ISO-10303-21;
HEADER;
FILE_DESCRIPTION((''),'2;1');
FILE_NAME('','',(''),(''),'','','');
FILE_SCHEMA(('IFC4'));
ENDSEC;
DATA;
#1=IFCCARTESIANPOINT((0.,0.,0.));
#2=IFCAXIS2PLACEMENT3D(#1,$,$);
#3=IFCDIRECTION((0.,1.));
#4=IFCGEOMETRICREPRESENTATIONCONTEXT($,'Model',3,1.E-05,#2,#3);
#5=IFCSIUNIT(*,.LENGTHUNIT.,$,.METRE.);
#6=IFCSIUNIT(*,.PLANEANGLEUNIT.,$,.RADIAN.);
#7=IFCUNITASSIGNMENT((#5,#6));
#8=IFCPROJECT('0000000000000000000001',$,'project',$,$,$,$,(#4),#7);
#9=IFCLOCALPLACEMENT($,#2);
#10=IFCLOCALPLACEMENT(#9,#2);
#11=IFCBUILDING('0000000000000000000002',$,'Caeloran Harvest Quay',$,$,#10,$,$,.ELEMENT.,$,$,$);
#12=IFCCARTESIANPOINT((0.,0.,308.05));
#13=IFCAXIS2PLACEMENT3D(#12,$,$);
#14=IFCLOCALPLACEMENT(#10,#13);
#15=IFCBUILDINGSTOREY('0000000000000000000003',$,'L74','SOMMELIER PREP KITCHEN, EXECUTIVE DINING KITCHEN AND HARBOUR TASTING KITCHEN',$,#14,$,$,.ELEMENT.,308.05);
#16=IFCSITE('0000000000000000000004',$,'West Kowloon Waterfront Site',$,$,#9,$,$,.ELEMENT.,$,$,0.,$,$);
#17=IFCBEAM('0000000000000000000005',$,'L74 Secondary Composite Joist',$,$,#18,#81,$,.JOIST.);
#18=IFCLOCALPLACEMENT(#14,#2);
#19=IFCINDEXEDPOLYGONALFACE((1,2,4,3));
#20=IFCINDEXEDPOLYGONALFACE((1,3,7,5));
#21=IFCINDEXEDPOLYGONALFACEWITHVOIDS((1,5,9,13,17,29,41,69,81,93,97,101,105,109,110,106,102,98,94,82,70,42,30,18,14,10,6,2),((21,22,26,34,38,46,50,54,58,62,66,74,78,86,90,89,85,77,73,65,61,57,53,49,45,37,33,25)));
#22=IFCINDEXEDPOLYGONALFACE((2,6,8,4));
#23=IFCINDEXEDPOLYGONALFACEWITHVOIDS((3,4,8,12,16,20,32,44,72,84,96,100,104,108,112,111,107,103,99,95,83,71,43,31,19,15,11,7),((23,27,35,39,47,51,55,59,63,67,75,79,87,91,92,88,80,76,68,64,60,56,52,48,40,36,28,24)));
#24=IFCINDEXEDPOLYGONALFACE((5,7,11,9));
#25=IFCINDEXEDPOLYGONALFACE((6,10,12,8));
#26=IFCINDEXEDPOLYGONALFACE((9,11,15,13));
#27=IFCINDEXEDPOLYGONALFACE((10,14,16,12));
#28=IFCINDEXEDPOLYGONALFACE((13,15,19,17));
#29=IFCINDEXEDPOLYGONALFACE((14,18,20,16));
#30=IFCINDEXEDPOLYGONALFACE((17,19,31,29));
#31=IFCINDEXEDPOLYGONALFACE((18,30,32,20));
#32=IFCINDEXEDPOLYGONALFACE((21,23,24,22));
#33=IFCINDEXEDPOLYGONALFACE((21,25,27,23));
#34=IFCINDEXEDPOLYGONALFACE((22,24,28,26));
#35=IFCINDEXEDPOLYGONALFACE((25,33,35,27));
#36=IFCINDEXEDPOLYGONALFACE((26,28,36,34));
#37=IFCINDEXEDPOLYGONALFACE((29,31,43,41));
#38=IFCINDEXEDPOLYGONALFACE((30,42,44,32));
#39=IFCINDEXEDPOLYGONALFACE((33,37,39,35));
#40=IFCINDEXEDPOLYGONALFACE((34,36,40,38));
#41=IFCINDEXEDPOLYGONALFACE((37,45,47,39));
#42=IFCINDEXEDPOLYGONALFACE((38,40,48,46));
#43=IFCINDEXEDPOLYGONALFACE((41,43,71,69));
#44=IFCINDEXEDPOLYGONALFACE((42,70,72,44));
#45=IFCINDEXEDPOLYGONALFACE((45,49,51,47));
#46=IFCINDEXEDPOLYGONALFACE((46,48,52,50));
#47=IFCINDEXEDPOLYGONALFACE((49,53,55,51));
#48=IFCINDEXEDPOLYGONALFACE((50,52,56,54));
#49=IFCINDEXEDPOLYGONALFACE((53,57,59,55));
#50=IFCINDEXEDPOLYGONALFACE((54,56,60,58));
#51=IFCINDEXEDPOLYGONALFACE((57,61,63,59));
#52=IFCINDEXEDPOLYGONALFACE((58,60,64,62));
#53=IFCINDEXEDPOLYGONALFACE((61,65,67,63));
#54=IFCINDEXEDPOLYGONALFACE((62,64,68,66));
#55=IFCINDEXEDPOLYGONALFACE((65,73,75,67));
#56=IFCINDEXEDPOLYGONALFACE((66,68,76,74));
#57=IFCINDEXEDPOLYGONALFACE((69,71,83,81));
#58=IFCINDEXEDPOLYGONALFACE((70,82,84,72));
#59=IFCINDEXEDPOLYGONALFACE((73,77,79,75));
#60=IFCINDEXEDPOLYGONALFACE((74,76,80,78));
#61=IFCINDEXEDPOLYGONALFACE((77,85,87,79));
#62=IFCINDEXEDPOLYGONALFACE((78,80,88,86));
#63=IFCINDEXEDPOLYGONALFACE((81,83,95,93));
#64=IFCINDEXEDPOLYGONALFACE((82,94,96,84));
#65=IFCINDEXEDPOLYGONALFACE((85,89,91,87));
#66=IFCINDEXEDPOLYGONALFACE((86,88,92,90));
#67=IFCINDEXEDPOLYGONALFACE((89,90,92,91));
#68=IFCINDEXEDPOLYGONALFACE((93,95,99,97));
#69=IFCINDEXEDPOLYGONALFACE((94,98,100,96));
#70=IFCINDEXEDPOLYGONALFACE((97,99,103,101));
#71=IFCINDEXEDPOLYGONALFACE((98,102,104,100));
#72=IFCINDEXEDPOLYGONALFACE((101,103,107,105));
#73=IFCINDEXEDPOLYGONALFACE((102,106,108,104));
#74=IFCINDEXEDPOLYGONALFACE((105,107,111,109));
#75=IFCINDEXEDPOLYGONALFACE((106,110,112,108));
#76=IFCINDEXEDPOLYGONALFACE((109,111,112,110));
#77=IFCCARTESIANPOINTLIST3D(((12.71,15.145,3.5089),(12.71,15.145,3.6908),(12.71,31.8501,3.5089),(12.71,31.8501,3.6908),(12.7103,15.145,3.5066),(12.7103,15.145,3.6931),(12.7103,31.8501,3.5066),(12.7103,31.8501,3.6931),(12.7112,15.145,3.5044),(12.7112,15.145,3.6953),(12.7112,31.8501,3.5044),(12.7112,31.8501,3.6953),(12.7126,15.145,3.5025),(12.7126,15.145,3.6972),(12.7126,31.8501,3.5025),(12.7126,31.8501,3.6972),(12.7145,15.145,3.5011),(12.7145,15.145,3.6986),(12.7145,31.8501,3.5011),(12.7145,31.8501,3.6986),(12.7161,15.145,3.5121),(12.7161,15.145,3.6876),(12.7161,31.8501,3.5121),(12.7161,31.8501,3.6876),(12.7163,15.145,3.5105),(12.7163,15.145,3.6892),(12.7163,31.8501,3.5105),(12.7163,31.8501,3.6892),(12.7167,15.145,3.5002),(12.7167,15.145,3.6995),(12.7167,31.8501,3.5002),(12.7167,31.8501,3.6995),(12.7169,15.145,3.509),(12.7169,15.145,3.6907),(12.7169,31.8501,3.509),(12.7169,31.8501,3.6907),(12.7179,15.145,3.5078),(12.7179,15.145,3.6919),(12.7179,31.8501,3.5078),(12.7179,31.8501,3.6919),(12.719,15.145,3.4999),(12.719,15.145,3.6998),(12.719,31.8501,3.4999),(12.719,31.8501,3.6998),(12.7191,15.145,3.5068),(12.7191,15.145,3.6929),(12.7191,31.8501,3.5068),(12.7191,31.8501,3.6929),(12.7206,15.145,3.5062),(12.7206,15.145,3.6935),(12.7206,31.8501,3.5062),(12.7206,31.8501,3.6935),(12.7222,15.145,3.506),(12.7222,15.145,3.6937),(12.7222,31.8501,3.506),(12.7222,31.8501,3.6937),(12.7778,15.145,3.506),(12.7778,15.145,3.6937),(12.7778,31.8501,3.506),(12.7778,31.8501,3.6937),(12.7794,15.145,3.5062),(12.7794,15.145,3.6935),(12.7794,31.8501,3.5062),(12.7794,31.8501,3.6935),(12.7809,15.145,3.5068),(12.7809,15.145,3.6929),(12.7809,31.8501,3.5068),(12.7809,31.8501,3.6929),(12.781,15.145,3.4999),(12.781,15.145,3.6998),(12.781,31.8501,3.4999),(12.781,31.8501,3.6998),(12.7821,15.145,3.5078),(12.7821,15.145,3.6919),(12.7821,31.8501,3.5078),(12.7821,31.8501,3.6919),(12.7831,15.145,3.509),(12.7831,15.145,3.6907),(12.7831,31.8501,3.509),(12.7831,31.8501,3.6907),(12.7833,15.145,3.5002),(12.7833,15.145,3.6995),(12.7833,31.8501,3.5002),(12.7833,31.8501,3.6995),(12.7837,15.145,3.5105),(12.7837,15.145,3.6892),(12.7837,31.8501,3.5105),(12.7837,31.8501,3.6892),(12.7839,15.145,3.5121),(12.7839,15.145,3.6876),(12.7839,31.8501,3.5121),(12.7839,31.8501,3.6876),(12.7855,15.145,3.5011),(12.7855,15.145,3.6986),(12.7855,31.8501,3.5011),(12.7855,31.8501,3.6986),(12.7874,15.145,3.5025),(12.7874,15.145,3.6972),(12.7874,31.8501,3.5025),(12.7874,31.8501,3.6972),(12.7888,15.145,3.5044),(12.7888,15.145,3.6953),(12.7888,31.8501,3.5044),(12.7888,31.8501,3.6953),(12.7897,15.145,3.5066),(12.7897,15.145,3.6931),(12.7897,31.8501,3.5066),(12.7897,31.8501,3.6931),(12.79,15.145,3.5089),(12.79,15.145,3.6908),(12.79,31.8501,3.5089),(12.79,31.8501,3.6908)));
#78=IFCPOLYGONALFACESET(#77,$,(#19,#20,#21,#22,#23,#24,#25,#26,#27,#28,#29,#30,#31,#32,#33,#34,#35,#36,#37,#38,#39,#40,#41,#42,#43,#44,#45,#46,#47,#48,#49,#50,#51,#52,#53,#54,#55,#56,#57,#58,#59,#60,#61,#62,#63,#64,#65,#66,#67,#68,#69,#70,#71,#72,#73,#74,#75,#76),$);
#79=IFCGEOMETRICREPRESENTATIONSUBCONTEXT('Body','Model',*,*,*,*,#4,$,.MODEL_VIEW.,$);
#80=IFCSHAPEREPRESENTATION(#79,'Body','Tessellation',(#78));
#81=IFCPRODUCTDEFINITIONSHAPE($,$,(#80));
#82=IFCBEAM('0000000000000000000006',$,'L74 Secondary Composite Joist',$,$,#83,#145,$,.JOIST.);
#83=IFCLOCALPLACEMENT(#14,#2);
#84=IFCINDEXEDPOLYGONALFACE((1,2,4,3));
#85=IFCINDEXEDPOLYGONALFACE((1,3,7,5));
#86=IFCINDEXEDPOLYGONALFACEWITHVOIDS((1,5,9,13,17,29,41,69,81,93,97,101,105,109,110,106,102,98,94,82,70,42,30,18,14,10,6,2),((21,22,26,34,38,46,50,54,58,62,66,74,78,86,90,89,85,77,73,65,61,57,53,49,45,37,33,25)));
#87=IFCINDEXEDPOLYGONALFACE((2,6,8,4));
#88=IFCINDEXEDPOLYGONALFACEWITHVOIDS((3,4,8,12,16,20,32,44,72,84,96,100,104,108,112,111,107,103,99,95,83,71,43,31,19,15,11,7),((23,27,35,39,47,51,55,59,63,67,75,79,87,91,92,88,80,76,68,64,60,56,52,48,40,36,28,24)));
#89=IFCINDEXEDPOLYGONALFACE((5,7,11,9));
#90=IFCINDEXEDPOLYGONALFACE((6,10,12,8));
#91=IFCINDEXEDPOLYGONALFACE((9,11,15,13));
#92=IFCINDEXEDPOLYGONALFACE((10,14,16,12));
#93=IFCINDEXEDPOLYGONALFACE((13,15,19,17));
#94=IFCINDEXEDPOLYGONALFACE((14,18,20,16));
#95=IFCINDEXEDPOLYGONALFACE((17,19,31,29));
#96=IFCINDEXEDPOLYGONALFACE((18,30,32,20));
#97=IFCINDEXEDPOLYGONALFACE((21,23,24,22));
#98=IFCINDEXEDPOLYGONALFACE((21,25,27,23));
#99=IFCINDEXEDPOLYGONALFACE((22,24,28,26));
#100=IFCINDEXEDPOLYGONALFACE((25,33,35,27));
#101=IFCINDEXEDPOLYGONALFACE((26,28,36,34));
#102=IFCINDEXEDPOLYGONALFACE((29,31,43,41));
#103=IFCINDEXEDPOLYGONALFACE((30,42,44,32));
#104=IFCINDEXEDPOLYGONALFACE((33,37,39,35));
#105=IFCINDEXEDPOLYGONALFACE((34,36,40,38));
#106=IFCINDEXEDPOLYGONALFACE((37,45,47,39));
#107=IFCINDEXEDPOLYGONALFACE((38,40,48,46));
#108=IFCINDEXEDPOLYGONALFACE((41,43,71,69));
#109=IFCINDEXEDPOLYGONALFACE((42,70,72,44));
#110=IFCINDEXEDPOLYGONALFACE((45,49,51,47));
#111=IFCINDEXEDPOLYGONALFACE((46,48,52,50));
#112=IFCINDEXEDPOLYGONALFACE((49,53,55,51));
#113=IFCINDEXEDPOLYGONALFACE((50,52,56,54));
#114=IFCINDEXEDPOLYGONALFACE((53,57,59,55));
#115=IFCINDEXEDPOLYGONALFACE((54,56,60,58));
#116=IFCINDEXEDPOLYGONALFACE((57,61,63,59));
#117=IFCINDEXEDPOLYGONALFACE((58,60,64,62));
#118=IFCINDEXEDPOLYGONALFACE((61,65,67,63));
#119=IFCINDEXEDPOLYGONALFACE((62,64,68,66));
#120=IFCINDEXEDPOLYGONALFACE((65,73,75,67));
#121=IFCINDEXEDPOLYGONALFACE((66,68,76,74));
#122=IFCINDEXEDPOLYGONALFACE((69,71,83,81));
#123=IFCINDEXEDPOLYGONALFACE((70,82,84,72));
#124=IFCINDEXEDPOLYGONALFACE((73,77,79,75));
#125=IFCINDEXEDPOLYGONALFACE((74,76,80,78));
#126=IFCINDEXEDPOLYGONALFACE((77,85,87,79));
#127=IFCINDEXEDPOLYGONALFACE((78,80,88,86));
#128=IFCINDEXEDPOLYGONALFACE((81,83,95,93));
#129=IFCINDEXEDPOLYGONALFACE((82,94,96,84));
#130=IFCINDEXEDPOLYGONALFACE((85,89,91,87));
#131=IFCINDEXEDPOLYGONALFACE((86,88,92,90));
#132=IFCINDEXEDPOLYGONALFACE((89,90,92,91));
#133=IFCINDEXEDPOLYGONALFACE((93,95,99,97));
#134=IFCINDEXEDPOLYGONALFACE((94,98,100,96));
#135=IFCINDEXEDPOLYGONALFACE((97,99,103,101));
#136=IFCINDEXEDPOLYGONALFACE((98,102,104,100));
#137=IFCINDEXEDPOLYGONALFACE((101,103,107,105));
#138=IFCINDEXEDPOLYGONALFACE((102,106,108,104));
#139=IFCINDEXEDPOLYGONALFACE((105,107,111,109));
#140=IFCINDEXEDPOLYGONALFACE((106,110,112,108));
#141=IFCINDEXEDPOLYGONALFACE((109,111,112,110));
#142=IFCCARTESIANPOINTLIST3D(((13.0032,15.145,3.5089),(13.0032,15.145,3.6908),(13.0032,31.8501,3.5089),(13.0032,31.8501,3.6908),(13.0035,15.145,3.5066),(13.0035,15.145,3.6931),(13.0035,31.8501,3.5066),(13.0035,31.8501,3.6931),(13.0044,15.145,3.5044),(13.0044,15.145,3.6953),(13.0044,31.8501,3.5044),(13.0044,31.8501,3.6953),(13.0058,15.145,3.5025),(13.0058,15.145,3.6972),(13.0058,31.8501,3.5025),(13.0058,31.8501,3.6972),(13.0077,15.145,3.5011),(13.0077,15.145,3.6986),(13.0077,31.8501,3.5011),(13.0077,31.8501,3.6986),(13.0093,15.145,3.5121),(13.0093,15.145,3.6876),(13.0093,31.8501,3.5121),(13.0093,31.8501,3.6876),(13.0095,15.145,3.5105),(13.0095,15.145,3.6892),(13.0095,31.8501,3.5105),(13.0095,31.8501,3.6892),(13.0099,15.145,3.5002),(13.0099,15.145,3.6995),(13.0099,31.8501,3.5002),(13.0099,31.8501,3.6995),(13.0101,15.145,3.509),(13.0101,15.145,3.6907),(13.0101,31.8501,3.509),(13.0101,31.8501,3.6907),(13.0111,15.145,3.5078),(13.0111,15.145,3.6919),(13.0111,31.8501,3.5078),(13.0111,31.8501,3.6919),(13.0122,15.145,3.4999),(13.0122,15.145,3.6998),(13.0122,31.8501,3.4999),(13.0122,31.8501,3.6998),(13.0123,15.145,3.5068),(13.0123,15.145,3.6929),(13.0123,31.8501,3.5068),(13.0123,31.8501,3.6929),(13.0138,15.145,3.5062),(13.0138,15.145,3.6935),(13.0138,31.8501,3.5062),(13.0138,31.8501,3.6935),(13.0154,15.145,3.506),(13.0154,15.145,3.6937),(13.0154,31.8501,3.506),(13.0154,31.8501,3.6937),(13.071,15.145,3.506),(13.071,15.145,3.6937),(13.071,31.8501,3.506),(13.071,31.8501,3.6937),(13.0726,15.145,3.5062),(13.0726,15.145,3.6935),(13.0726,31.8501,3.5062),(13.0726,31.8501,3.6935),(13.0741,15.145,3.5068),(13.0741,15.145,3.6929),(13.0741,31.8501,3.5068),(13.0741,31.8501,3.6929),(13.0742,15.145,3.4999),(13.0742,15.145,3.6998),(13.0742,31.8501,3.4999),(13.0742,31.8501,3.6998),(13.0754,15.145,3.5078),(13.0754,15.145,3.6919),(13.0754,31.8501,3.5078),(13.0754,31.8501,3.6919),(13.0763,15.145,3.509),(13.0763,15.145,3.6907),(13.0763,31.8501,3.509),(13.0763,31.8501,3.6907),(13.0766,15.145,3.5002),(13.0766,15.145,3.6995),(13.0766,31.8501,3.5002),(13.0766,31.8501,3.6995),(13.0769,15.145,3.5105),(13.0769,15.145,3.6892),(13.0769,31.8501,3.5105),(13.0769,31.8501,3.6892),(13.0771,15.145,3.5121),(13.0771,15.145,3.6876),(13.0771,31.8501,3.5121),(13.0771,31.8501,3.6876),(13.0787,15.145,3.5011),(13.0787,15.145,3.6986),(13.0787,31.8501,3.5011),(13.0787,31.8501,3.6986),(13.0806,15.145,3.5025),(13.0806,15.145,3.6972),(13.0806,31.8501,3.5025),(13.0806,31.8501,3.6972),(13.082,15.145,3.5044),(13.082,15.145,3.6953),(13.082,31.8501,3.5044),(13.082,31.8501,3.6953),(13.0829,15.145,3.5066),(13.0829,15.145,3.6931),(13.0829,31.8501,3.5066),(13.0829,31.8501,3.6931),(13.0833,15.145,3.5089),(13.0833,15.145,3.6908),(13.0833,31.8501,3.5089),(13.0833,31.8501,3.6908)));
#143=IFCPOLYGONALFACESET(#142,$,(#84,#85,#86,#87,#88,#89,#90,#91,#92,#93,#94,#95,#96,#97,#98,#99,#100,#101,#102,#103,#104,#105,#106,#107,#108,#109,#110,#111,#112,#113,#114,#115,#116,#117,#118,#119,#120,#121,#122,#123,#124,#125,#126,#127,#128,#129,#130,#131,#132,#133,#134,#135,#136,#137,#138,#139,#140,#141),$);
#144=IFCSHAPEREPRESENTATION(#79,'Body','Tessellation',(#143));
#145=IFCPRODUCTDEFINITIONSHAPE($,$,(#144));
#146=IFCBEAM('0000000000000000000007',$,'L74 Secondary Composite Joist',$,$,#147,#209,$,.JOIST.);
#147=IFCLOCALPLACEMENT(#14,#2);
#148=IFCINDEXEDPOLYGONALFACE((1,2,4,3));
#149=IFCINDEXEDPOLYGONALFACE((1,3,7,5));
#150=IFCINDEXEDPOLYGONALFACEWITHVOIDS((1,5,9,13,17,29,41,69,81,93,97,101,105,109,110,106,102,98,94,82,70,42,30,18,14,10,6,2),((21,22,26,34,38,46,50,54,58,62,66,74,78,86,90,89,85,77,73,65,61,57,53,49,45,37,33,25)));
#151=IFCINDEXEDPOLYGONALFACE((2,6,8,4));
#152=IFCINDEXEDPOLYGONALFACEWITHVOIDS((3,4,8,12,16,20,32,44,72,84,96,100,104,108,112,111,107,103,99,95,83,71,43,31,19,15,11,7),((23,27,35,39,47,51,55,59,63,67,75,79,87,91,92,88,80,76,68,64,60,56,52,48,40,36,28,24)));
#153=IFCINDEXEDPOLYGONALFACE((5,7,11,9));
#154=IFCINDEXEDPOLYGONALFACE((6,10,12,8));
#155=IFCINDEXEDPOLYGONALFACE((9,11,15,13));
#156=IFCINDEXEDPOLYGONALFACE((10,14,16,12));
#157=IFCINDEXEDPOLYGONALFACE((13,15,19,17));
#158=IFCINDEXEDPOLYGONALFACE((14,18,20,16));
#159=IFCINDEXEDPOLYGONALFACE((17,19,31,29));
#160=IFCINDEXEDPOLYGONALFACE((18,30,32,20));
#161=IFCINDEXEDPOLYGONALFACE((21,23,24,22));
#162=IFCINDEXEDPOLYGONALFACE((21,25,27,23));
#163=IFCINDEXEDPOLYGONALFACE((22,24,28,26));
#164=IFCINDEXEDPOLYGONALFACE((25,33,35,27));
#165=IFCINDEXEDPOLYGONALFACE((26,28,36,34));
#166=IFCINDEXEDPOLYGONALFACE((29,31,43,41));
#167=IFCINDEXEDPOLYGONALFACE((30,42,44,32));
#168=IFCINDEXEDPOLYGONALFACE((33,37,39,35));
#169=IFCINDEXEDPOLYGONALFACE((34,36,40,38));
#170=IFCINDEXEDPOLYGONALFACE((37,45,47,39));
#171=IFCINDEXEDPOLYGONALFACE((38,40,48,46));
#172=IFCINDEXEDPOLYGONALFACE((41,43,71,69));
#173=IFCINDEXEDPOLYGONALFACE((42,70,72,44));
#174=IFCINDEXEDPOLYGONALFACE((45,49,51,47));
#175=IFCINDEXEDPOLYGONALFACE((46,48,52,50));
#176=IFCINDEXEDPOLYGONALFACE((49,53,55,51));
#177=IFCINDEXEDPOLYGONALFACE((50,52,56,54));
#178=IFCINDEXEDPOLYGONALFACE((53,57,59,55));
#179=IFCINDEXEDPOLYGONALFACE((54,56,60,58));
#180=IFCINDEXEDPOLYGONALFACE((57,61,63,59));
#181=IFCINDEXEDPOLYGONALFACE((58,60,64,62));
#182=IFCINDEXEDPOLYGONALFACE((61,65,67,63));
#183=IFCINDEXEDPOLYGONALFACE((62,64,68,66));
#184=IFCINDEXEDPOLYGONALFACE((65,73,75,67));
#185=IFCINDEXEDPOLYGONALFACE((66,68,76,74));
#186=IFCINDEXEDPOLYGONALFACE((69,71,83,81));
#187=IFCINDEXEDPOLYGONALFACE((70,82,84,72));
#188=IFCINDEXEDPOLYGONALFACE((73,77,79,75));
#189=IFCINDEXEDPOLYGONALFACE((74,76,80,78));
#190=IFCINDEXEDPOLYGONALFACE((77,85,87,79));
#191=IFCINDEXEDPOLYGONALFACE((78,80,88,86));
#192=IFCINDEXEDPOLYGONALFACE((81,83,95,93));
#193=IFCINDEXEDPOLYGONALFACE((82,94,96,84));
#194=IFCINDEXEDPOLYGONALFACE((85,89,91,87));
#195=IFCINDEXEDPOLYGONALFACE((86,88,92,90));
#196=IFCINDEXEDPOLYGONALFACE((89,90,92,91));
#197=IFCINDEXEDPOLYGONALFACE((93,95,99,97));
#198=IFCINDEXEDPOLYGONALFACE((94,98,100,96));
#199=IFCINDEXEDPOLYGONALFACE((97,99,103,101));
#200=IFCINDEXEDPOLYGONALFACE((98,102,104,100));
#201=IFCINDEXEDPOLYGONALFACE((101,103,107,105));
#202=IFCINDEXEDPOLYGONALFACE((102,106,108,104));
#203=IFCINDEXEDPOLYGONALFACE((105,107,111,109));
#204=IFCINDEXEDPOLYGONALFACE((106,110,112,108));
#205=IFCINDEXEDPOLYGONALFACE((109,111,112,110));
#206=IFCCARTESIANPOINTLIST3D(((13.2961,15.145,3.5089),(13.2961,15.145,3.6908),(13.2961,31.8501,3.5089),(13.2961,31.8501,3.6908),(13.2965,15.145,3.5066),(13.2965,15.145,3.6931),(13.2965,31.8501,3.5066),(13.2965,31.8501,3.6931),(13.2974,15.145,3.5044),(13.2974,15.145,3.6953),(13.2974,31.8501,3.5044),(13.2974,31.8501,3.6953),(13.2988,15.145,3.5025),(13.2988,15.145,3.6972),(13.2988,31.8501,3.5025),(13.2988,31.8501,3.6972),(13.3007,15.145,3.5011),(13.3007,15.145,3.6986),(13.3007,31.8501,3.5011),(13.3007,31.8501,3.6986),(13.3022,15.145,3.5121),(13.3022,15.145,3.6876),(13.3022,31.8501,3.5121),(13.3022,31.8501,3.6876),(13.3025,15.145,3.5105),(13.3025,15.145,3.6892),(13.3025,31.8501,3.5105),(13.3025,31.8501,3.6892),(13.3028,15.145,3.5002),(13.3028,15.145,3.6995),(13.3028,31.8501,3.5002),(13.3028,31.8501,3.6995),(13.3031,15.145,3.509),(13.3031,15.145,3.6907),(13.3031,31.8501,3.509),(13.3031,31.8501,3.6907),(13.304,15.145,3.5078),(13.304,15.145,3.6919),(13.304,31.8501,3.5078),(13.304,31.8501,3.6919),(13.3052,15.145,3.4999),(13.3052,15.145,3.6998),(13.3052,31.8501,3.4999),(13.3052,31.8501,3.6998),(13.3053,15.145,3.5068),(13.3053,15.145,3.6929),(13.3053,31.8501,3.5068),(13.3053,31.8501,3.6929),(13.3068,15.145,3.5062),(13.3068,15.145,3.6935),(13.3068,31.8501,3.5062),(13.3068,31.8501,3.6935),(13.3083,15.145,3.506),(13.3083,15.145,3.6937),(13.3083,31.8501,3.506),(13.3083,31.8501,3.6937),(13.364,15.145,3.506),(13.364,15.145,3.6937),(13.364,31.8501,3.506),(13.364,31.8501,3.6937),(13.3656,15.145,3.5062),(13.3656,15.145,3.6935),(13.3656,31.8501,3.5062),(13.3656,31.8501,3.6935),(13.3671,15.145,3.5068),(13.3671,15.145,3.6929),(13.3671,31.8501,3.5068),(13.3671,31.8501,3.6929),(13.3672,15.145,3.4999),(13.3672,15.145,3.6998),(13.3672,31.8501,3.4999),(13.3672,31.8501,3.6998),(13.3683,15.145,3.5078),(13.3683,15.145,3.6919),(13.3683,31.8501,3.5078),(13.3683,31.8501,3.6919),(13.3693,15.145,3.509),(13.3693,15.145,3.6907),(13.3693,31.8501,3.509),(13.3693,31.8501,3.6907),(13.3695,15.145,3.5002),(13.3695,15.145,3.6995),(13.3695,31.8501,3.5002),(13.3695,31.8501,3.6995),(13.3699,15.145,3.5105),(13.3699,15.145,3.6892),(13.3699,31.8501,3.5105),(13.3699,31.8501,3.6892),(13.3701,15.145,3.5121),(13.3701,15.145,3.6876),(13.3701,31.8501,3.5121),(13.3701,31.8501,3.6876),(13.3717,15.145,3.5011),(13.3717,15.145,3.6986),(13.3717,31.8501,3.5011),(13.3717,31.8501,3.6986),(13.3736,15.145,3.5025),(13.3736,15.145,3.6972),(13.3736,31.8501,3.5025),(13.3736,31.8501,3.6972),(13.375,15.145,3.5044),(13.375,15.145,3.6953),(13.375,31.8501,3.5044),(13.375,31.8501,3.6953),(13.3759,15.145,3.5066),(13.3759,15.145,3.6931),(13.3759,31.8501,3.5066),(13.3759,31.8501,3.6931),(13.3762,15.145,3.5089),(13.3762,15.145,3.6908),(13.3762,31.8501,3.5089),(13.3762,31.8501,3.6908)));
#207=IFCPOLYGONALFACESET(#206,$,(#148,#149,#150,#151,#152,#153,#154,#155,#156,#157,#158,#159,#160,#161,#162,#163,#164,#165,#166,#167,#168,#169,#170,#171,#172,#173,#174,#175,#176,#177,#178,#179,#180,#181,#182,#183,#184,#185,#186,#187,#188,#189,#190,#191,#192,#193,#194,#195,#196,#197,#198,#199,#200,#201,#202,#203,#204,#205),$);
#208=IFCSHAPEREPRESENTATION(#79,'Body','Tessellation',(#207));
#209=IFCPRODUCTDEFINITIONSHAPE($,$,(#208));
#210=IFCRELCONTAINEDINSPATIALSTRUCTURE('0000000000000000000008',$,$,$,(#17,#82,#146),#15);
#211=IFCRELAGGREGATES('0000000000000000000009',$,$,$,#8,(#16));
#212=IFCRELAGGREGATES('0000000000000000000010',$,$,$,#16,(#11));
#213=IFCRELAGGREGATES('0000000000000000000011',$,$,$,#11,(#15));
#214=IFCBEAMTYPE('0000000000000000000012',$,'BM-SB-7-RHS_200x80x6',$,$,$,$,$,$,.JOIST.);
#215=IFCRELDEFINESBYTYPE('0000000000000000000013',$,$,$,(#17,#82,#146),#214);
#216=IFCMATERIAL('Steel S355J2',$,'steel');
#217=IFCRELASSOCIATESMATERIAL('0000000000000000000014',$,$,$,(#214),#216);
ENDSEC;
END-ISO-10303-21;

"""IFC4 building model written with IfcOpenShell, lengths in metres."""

from ifc_helpers import new_model, si_unit, direction, frame, origin, origin_2d, place, context, subcontext, project, spatial, hollow_rectangle, extrude, material, material_profile, profile_set, type_object, element, save


model = new_model("IFC4")

# Units and contexts
model_context = context("Model", 3, precision=1e-05, world=origin(), true_north=direction((0.0, 1.0)))
body_context = subcontext(model_context, "Body", "Model", "MODEL_VIEW")
ifc_project = project(units=[si_unit("LENGTHUNIT", "METRE"), si_unit("PLANEANGLEUNIT", "RADIAN")], contexts=[model_context])

# Site, building, storey
site_placement = place(None, origin())
site = spatial("IfcSite", under=ifc_project, at=site_placement, Name="West Kowloon Waterfront Site", CompositionType="ELEMENT", RefElevation=0.0)
building_placement = place(site_placement, origin())
building = spatial("IfcBuilding", under=site, at=building_placement, Name="Caeloran Harvest Quay", CompositionType="ELEMENT")
storey_placement = place(building_placement, frame((0.0, 0.0, 308.05)))
storey = spatial("IfcBuildingStorey", under=building, at=storey_placement, Name="L74", Description="SOMMELIER PREP KITCHEN, EXECUTIVE DINING KITCHEN AND HARBOUR TASTING KITCHEN", CompositionType="ELEMENT", Elevation=308.05)

# Beams
ifc_material_1 = material(Name="Steel S355J2", Category="steel")
ifc_material_profile_1 = material_profile(ifc_material_1, hollow_rectangle(XDim=0.0801, YDim=0.2, WallThickness=0.0061, InnerFilletRadius=0.0061, OuterFilletRadius=0.009, at=origin_2d()), Name="RHS 200x80x6")
ifc_profile_set_1 = profile_set([ifc_material_profile_1], Name="Steel S355J2")
beam_type_1 = type_object("IfcBeamType", Name="BM-SB-7-RHS_200x80x6", PredefinedType="JOIST", material=ifc_profile_set_1)
for number, where, z_axis, x_axis, name in (
    (1, (12.75, 15.145, 3.5999), (0.0, 1.0, 0.0), (-1.0, 0.0, 0.0), "L74 Secondary Composite Joist"),
    (2, (13.0432, 15.145, 3.5999), (0.0, 1.0, 0.0), (-1.0, 0.0, 0.0), "L74 Secondary Composite Joist"),
    (3, (13.3362, 15.145, 3.5999), (0.0, 1.0, 0.0), (-1.0, 0.0, 0.0), "L74 Secondary Composite Joist"),
):
    element("IfcBeam", number, at=place(storey_placement, frame(where, z_axis=z_axis, x_axis=x_axis)), inside=storey, type_object=beam_type_1, Name=name, PredefinedType="JOIST", context=body_context, shape_type="SweptSolid", body=[
        extrude(hollow_rectangle(XDim=0.0801, YDim=0.2, WallThickness=0.0061, InnerFilletRadius=0.0061, OuterFilletRadius=0.009, at=origin_2d()), origin(), (0.0, 0.0, 1.0), 16.7051),
    ])

save(model, "model.ifc")
